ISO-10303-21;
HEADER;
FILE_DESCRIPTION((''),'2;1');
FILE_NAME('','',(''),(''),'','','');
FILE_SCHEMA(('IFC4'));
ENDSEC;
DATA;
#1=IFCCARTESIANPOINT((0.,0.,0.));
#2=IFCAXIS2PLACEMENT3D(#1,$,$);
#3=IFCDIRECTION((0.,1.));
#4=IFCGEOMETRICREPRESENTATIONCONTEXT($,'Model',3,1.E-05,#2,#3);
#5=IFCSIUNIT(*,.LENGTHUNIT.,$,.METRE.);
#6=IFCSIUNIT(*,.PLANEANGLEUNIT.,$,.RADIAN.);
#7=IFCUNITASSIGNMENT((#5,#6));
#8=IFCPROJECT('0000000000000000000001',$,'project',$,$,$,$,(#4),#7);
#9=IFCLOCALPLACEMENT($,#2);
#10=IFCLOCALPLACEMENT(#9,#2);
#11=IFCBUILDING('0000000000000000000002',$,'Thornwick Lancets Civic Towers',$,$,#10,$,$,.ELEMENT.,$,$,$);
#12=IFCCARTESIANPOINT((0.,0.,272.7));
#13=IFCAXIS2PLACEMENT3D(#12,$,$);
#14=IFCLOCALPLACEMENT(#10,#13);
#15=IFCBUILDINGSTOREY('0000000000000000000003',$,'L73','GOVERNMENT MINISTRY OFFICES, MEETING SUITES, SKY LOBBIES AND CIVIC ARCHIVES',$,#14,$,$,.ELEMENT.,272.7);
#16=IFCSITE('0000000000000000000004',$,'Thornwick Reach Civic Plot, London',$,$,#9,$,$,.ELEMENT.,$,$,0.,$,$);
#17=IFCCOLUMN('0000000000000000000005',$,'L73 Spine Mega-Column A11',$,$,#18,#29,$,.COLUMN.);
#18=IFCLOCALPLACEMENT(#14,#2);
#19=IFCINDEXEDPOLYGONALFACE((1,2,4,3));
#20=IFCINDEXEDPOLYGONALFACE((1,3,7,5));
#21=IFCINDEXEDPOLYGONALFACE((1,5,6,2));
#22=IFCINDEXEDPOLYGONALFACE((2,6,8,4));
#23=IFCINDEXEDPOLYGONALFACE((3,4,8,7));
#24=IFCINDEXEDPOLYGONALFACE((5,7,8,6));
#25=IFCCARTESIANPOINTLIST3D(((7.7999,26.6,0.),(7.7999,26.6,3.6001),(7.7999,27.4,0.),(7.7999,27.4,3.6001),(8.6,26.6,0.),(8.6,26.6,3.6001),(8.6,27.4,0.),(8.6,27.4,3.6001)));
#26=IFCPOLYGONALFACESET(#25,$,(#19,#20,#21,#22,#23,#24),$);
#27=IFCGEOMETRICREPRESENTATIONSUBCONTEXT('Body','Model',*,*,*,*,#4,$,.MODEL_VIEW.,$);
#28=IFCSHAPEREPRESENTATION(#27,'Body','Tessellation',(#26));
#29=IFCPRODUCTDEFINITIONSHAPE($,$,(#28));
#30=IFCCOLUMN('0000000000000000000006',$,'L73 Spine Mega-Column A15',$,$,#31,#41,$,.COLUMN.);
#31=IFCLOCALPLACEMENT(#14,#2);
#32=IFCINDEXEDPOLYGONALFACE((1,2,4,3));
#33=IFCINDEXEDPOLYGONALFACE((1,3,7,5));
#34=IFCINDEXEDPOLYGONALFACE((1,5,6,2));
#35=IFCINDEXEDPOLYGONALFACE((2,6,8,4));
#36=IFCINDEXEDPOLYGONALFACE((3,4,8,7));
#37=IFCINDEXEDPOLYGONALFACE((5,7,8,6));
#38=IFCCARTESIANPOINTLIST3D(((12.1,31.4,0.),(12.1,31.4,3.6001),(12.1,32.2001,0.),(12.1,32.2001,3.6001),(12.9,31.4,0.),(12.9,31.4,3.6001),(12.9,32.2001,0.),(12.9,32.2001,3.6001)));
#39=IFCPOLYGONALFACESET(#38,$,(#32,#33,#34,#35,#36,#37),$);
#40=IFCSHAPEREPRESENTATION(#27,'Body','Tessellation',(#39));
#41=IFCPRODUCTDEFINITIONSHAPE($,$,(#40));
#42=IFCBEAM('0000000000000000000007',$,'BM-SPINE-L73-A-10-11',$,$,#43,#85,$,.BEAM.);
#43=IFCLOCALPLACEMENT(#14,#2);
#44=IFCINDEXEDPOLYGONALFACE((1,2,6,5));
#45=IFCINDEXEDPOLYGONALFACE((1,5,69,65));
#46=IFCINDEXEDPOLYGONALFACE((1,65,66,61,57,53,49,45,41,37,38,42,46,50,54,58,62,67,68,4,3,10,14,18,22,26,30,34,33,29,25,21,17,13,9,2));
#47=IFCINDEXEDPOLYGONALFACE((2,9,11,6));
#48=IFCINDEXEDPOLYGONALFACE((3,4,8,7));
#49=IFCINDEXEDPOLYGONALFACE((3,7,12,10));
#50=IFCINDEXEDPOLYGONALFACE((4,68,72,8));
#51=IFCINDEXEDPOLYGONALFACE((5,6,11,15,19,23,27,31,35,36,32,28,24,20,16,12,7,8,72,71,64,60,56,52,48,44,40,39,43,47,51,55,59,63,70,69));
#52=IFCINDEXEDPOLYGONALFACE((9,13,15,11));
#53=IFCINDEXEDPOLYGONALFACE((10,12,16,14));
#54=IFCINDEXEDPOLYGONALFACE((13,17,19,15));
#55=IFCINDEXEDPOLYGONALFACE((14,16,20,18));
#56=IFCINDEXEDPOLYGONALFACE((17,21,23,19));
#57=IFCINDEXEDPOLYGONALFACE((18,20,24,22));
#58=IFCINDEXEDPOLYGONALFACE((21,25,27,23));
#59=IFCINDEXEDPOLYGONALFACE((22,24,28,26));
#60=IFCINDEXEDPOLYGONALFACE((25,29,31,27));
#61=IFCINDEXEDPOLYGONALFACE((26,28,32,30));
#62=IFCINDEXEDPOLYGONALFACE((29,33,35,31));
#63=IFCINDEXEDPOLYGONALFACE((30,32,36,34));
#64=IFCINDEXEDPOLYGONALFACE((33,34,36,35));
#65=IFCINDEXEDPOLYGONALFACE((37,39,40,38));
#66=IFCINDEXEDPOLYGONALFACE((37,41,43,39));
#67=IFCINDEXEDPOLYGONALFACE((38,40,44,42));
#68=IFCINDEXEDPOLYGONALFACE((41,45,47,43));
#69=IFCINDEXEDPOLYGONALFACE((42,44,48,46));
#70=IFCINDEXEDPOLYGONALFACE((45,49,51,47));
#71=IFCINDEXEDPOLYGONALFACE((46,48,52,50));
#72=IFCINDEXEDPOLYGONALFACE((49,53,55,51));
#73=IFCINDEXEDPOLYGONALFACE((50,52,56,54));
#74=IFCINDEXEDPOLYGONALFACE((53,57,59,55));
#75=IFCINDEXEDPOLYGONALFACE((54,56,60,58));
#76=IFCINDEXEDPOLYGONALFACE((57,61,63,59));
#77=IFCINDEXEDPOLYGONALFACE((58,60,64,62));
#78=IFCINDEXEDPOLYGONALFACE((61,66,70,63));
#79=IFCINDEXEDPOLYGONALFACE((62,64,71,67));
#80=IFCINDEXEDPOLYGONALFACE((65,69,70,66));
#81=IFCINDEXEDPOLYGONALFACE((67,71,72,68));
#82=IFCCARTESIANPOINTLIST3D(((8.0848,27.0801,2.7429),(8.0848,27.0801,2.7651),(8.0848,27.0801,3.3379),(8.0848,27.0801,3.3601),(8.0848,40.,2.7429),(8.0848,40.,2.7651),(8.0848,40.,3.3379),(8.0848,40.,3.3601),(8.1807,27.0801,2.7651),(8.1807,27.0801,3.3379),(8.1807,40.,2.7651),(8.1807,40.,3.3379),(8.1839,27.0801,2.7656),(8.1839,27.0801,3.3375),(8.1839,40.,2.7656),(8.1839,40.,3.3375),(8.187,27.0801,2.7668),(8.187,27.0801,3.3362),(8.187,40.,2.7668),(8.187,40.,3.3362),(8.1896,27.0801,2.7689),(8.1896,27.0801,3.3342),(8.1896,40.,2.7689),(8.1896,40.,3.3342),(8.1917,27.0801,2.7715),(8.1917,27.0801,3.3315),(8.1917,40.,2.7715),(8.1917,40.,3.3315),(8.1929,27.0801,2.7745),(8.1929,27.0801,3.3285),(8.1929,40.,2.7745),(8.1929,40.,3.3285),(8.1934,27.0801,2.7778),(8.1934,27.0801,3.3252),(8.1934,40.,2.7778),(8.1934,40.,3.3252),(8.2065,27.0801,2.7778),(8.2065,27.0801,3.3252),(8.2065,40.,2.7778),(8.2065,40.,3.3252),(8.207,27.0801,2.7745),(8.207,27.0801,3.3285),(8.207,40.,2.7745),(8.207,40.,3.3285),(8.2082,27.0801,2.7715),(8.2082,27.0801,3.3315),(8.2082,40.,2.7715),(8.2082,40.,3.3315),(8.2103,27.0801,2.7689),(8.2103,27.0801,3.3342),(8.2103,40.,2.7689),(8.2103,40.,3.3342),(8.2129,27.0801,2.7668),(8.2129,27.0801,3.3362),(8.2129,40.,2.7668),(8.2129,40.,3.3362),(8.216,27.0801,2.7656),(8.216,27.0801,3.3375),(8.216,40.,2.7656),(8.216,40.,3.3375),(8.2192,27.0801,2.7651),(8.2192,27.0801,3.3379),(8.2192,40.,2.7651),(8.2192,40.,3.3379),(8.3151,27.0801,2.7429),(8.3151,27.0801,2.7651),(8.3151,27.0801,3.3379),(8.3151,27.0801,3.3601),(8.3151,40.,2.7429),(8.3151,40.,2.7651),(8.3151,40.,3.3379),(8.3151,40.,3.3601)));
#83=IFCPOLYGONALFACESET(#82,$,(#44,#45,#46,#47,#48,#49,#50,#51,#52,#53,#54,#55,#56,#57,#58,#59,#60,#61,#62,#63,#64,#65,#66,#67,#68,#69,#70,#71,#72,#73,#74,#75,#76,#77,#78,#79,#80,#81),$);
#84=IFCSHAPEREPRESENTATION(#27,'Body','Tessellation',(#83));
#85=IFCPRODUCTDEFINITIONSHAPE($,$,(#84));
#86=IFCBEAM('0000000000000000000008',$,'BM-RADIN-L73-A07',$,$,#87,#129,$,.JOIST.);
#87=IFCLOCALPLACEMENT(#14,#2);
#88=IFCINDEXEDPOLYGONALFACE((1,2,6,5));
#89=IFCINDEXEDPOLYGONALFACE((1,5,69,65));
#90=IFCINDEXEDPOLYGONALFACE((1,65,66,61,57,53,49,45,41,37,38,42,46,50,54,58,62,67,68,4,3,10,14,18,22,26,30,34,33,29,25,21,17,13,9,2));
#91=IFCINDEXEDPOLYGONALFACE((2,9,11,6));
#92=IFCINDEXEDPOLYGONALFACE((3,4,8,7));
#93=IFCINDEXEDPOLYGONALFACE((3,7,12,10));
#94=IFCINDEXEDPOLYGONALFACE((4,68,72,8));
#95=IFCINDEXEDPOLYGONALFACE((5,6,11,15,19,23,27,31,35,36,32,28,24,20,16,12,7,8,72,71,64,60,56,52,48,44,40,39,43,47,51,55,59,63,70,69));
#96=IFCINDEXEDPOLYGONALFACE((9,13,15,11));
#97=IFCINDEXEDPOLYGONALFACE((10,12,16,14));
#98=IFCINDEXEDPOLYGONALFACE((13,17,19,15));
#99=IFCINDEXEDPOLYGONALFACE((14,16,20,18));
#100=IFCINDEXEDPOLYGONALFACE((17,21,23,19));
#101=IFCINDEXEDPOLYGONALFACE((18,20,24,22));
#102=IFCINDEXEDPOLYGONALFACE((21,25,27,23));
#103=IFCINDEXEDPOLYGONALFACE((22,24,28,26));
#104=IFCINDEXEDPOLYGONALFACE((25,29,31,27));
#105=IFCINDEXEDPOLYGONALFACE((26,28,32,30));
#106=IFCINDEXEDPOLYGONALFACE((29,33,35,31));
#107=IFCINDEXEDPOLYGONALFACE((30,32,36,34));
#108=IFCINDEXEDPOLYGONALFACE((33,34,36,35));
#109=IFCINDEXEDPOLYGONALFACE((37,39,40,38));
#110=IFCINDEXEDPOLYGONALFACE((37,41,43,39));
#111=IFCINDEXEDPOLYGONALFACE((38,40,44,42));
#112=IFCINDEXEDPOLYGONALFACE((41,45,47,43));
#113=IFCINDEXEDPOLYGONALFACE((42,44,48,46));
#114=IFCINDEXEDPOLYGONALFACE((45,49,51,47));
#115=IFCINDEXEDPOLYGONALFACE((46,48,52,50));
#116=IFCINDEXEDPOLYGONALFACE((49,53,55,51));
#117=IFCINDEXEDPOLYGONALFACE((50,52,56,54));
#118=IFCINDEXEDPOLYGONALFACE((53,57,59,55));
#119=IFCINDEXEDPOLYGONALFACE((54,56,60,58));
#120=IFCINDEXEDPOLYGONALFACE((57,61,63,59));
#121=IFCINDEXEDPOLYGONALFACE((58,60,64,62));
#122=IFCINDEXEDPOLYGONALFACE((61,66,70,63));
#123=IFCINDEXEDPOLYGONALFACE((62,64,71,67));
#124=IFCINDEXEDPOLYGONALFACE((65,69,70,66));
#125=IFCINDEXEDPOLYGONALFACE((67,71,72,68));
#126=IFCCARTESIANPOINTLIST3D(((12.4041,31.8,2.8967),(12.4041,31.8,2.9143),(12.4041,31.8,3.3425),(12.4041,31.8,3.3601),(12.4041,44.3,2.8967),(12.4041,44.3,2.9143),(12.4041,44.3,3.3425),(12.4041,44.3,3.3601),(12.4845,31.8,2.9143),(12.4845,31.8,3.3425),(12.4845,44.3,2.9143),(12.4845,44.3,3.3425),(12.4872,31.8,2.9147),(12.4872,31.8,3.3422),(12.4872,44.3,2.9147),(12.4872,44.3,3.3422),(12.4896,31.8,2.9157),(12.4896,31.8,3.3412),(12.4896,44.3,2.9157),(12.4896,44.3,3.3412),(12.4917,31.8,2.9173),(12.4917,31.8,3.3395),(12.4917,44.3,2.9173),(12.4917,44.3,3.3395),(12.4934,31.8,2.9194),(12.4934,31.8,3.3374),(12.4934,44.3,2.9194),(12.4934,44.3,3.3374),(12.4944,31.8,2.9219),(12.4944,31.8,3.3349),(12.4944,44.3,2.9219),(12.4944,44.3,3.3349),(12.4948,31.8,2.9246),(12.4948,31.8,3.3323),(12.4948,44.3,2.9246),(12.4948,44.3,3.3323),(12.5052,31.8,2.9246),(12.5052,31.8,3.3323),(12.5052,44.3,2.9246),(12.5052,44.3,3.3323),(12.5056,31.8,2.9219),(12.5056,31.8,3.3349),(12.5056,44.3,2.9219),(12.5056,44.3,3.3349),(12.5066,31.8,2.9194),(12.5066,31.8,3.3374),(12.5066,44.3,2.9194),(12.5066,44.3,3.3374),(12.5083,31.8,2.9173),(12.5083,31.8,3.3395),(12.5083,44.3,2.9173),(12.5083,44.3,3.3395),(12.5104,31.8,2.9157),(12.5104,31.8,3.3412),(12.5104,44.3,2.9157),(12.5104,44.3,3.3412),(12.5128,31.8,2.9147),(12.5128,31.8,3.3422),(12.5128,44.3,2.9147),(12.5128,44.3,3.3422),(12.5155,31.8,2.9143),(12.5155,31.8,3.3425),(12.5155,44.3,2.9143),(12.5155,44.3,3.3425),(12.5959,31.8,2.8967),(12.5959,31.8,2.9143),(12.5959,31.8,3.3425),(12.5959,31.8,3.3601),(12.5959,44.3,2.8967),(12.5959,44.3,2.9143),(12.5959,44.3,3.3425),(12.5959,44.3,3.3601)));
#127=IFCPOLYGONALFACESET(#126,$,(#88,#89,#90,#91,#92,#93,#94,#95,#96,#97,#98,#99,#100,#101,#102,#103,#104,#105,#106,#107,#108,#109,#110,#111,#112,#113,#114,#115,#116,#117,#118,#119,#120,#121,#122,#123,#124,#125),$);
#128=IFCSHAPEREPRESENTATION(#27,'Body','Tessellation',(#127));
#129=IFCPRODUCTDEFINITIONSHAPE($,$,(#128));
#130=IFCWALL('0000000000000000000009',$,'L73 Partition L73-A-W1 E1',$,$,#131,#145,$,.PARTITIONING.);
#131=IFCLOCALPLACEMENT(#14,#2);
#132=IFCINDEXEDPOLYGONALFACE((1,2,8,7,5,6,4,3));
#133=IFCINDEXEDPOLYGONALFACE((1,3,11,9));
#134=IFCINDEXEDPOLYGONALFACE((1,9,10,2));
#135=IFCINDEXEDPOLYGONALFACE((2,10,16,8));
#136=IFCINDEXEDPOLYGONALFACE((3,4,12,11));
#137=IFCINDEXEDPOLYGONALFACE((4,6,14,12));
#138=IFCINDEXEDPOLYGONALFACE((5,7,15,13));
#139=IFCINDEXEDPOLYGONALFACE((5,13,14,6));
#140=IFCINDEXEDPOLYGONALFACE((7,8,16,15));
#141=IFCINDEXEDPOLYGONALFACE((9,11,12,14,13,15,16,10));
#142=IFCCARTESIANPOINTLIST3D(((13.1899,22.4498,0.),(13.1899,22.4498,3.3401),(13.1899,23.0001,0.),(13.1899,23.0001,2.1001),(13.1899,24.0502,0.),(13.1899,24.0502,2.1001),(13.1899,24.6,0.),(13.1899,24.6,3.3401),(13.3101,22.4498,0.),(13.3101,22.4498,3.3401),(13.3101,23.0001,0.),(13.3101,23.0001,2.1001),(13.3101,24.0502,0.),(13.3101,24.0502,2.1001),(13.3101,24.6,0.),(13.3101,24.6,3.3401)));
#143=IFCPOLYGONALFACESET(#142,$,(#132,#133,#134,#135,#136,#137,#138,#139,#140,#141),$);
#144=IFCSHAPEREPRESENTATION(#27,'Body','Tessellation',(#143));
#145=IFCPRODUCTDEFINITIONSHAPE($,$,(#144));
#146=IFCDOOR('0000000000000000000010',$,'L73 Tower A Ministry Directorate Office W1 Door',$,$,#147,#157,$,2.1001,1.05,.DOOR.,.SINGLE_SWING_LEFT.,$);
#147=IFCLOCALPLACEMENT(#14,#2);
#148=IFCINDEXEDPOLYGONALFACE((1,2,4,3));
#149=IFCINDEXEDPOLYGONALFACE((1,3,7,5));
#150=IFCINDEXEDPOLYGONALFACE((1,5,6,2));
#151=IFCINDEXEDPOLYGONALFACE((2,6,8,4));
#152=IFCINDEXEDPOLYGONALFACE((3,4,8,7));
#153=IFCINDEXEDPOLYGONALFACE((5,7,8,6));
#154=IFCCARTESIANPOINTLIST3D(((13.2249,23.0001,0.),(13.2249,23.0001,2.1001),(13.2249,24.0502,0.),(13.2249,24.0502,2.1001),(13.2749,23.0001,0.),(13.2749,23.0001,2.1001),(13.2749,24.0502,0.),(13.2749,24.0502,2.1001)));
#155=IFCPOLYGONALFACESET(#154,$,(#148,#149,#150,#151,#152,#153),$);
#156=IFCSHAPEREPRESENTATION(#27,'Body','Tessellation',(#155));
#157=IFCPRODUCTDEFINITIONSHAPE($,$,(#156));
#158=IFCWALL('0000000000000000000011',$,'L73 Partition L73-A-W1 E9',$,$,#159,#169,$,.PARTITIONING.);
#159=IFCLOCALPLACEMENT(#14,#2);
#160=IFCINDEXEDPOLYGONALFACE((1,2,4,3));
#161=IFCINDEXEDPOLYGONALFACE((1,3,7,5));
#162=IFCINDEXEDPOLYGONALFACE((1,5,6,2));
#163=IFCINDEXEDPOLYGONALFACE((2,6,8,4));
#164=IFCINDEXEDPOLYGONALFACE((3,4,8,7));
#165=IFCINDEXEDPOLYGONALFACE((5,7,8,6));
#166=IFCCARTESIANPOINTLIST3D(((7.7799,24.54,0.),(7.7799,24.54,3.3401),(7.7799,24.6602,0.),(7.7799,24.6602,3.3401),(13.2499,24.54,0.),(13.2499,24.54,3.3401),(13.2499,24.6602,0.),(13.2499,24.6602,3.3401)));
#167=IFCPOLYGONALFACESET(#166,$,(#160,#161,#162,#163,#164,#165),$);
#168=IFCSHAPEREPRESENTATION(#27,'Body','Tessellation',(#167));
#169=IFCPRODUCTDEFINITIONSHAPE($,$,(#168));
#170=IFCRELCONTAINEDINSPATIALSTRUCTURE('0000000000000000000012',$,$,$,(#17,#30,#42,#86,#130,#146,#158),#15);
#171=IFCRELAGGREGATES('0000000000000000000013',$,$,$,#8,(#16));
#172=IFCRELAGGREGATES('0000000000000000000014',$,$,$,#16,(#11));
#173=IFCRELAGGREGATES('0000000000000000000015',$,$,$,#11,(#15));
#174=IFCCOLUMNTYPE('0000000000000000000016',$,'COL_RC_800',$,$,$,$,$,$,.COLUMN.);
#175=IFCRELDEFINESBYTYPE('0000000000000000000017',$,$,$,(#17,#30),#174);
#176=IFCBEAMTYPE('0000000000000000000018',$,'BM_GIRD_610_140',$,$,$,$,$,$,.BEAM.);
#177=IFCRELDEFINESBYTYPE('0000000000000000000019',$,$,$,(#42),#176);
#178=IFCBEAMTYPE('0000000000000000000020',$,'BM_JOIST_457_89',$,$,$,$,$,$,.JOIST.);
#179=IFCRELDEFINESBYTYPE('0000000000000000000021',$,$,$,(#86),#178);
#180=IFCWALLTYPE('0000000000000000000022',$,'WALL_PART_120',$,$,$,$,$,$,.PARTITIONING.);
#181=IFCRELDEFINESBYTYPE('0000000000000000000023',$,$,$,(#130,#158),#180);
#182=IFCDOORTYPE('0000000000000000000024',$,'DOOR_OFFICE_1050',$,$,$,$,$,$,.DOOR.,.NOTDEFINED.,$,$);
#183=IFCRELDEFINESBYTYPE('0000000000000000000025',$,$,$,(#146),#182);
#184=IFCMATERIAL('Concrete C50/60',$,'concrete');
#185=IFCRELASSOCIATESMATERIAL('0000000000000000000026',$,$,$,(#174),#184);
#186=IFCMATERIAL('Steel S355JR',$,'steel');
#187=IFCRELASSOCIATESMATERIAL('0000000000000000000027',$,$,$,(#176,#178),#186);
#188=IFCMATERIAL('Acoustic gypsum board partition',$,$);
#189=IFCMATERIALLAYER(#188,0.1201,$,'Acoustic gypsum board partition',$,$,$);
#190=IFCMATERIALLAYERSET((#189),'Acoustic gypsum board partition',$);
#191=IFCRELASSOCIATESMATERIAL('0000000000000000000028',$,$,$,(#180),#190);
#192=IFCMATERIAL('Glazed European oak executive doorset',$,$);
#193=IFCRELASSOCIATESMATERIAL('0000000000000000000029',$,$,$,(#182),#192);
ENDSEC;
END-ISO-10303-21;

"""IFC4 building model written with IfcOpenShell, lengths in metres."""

from ifc_helpers import new_model, si_unit, direction, frame, frame_2d, origin, origin_2d, place, context, subcontext, project, spatial, rectangle, i_section, extrude, material, layer, layer_set, material_profile, profile_set, type_object, element, fill, save


model = new_model("IFC4")

# Units and contexts
model_context = context("Model", 3, precision=1e-05, world=origin(), true_north=direction((0.0, 1.0)))
body_context = subcontext(model_context, "Body", "Model", "MODEL_VIEW")
ifc_project = project(units=[si_unit("LENGTHUNIT", "METRE"), si_unit("PLANEANGLEUNIT", "RADIAN")], contexts=[model_context])

# Site, building, storey
site_placement = place(None, origin())
site = spatial("IfcSite", under=ifc_project, at=site_placement, Name="Thornwick Reach Civic Plot, London", CompositionType="ELEMENT", RefElevation=0.0)
building_placement = place(site_placement, origin())
building = spatial("IfcBuilding", under=site, at=building_placement, Name="Thornwick Lancets Civic Towers", CompositionType="ELEMENT")
storey_placement = place(building_placement, frame((0.0, 0.0, 272.7)))
storey = spatial("IfcBuildingStorey", under=building, at=storey_placement, Name="L73", Description="GOVERNMENT MINISTRY OFFICES, MEETING SUITES, SKY LOBBIES AND CIVIC ARCHIVES", CompositionType="ELEMENT", Elevation=272.7)

# Columns
ifc_material_1 = material(Name="Concrete C50/60", Category="concrete")
ifc_material_profile_1 = material_profile(ifc_material_1, rectangle(XDim=0.8, YDim=0.8, at=origin_2d()), Name="RC 800x800")
ifc_profile_set_1 = profile_set([ifc_material_profile_1], Name="Concrete C50/60")
column_type = type_object("IfcColumnType", Name="COL_RC_800", PredefinedType="COLUMN", material=ifc_profile_set_1)
for number, where, z_axis, x_axis, name in (
    (1, (8.2, 27.0, 0.0), (0.0, 0.0, 1.0), (1.0, 0.0, 0.0), "L73 Spine Mega-Column A11"),
    (2, (12.5, 31.8, 0.0), (0.0, 0.0, 1.0), (1.0, 0.0, 0.0), "L73 Spine Mega-Column A15"),
):
    element("IfcColumn", number, at=place(storey_placement, frame(where, z_axis=z_axis, x_axis=x_axis)), inside=storey, type_object=column_type, Name=name, PredefinedType="COLUMN", context=body_context, shape_type="SweptSolid", body=[
        extrude(rectangle(XDim=0.8, YDim=0.8, at=origin_2d()), origin(), (0.0, 0.0, 1.0), 3.6001),
    ])

# Beams
ifc_material_2 = material(Name="Steel S355JR", Category="steel")
ifc_material_profile_2 = material_profile(ifc_material_2, i_section(OverallWidth=0.2302, OverallDepth=0.6172, WebThickness=0.0132, FlangeThickness=0.0222, FilletRadius=0.0127, at=origin_2d()), Name="UKB 610x229x140")
ifc_profile_set_2 = profile_set([ifc_material_profile_2], Name="Steel S355JR")
beam_type_1 = type_object("IfcBeamType", Name="BM_GIRD_610_140", PredefinedType="BEAM", material=ifc_profile_set_2)
beam_1_placement = place(storey_placement, frame((8.2, 27.0801, 3.0515), z_axis=(0.0, 1.0, 0.0), x_axis=(-1.0, 0.0, 0.0)))
element("IfcBeam", 3, at=beam_1_placement, inside=storey, type_object=beam_type_1, Name="BM-SPINE-L73-A-10-11", PredefinedType="BEAM", context=body_context, shape_type="SweptSolid", body=[
    extrude(i_section(OverallWidth=0.2302, OverallDepth=0.6172, WebThickness=0.0132, FlangeThickness=0.0222, FilletRadius=0.0127, at=origin_2d()), origin(), (0.0, 0.0, 1.0), 12.9199),
])
ifc_material_profile_3 = material_profile(ifc_material_2, i_section(OverallWidth=0.1919, OverallDepth=0.4634, WebThickness=0.0105, FlangeThickness=0.0176, FilletRadius=0.0103, at=origin_2d()), Name="UKB 457x191x89")
ifc_profile_set_3 = profile_set([ifc_material_profile_3], Name="Steel S355JR")
beam_type_2 = type_object("IfcBeamType", Name="BM_JOIST_457_89", PredefinedType="JOIST", material=ifc_profile_set_3)
beam_2_placement = place(storey_placement, frame((12.5, 31.8, 3.1284), z_axis=(0.0, 1.0, 0.0), x_axis=(-1.0, 0.0, 0.0)))
element("IfcBeam", 4, at=beam_2_placement, inside=storey, type_object=beam_type_2, Name="BM-RADIN-L73-A07", PredefinedType="JOIST", context=body_context, shape_type="SweptSolid", body=[
    extrude(i_section(OverallWidth=0.1919, OverallDepth=0.4634, WebThickness=0.0105, FlangeThickness=0.0176, FilletRadius=0.0103, at=origin_2d()), origin(), (0.0, 0.0, 1.0), 12.5),
])

# Wall, opening, door
ifc_material_3 = material(Name="Acoustic gypsum board partition")
ifc_layer_1 = layer(ifc_material_3, 0.1201, Name="Acoustic gypsum board partition")
ifc_layer_set_1 = layer_set([ifc_layer_1], Name="Acoustic gypsum board partition")
wall_type_1 = type_object("IfcWallType", Name="WALL_PART_120", PredefinedType="PARTITIONING", material=ifc_layer_set_1)
wall_1_placement = place(storey_placement, frame((13.25, 24.6001, 0.0), z_axis=(0.0, 0.0, 1.0), x_axis=(0.0, -1.0, 0.0)))
wall_1 = element("IfcWall", 5, at=wall_1_placement, inside=storey, type_object=wall_type_1, Name="L73 Partition L73-A-W1 E1", PredefinedType="PARTITIONING", context=body_context, shape_type="SweptSolid", body=[
    extrude(rectangle(XDim=2.1501, YDim=0.1201, at=frame_2d((1.0752, 0.0))), origin(), (0.0, 0.0, 1.0), 3.3401),
])
opening_1_placement = place(wall_1_placement, frame((0.55, 0.0, 0.0)))
opening_1 = element("IfcOpeningElement", 6, at=opening_1_placement, cuts=wall_1, PredefinedType="OPENING", context=body_context, shape_type="SweptSolid", body=[
    extrude(rectangle(XDim=1.05, YDim=2.1001, at=frame_2d((0.5249, 1.05))), frame((0.0, 0.0701, 0.0), z_axis=(0.0, -1.0, 0.0), x_axis=(1.0, 0.0, 0.0)), (0.0, 0.0, 1.0), 0.1401),
])
ifc_material_4 = material(Name="Glazed European oak executive doorset")
door_type_1 = type_object("IfcDoorType", Name="DOOR_OFFICE_1050", OperationType="NOTDEFINED", PredefinedType="DOOR", material=ifc_material_4)
door_1_placement = place(opening_1_placement, origin())
door_1 = element("IfcDoor", 7, at=door_1_placement, inside=storey, type_object=door_type_1, Name="L73 Tower A Ministry Directorate Office W1 Door", OperationType="SINGLE_SWING_LEFT", OverallHeight=2.1001, OverallWidth=1.05, PredefinedType="DOOR", context=body_context, shape_type="SweptSolid", body=[
    extrude(rectangle(XDim=1.05, YDim=2.1001, at=frame_2d((0.5249, 1.05))), frame((0.0, 0.0249, 0.0), z_axis=(0.0, -1.0, 0.0), x_axis=(1.0, 0.0, 0.0)), (0.0, 0.0, 1.0), 0.05),
])
fill(opening_1, door_1)

# Wall
wall_2_placement = place(storey_placement, frame((7.78, 24.6001, 0.0), z_axis=(0.0, 0.0, 1.0), x_axis=(1.0, 0.0, 0.0)))
element("IfcWall", 8, at=wall_2_placement, inside=storey, type_object=wall_type_1, Name="L73 Partition L73-A-W1 E9", PredefinedType="PARTITIONING", context=body_context, shape_type="SweptSolid", body=[
    extrude(rectangle(XDim=5.47, YDim=0.1201, at=frame_2d((2.7349, 0.0))), origin(), (0.0, 0.0, 1.0), 3.3401),
])

save(model, "model.ifc")
